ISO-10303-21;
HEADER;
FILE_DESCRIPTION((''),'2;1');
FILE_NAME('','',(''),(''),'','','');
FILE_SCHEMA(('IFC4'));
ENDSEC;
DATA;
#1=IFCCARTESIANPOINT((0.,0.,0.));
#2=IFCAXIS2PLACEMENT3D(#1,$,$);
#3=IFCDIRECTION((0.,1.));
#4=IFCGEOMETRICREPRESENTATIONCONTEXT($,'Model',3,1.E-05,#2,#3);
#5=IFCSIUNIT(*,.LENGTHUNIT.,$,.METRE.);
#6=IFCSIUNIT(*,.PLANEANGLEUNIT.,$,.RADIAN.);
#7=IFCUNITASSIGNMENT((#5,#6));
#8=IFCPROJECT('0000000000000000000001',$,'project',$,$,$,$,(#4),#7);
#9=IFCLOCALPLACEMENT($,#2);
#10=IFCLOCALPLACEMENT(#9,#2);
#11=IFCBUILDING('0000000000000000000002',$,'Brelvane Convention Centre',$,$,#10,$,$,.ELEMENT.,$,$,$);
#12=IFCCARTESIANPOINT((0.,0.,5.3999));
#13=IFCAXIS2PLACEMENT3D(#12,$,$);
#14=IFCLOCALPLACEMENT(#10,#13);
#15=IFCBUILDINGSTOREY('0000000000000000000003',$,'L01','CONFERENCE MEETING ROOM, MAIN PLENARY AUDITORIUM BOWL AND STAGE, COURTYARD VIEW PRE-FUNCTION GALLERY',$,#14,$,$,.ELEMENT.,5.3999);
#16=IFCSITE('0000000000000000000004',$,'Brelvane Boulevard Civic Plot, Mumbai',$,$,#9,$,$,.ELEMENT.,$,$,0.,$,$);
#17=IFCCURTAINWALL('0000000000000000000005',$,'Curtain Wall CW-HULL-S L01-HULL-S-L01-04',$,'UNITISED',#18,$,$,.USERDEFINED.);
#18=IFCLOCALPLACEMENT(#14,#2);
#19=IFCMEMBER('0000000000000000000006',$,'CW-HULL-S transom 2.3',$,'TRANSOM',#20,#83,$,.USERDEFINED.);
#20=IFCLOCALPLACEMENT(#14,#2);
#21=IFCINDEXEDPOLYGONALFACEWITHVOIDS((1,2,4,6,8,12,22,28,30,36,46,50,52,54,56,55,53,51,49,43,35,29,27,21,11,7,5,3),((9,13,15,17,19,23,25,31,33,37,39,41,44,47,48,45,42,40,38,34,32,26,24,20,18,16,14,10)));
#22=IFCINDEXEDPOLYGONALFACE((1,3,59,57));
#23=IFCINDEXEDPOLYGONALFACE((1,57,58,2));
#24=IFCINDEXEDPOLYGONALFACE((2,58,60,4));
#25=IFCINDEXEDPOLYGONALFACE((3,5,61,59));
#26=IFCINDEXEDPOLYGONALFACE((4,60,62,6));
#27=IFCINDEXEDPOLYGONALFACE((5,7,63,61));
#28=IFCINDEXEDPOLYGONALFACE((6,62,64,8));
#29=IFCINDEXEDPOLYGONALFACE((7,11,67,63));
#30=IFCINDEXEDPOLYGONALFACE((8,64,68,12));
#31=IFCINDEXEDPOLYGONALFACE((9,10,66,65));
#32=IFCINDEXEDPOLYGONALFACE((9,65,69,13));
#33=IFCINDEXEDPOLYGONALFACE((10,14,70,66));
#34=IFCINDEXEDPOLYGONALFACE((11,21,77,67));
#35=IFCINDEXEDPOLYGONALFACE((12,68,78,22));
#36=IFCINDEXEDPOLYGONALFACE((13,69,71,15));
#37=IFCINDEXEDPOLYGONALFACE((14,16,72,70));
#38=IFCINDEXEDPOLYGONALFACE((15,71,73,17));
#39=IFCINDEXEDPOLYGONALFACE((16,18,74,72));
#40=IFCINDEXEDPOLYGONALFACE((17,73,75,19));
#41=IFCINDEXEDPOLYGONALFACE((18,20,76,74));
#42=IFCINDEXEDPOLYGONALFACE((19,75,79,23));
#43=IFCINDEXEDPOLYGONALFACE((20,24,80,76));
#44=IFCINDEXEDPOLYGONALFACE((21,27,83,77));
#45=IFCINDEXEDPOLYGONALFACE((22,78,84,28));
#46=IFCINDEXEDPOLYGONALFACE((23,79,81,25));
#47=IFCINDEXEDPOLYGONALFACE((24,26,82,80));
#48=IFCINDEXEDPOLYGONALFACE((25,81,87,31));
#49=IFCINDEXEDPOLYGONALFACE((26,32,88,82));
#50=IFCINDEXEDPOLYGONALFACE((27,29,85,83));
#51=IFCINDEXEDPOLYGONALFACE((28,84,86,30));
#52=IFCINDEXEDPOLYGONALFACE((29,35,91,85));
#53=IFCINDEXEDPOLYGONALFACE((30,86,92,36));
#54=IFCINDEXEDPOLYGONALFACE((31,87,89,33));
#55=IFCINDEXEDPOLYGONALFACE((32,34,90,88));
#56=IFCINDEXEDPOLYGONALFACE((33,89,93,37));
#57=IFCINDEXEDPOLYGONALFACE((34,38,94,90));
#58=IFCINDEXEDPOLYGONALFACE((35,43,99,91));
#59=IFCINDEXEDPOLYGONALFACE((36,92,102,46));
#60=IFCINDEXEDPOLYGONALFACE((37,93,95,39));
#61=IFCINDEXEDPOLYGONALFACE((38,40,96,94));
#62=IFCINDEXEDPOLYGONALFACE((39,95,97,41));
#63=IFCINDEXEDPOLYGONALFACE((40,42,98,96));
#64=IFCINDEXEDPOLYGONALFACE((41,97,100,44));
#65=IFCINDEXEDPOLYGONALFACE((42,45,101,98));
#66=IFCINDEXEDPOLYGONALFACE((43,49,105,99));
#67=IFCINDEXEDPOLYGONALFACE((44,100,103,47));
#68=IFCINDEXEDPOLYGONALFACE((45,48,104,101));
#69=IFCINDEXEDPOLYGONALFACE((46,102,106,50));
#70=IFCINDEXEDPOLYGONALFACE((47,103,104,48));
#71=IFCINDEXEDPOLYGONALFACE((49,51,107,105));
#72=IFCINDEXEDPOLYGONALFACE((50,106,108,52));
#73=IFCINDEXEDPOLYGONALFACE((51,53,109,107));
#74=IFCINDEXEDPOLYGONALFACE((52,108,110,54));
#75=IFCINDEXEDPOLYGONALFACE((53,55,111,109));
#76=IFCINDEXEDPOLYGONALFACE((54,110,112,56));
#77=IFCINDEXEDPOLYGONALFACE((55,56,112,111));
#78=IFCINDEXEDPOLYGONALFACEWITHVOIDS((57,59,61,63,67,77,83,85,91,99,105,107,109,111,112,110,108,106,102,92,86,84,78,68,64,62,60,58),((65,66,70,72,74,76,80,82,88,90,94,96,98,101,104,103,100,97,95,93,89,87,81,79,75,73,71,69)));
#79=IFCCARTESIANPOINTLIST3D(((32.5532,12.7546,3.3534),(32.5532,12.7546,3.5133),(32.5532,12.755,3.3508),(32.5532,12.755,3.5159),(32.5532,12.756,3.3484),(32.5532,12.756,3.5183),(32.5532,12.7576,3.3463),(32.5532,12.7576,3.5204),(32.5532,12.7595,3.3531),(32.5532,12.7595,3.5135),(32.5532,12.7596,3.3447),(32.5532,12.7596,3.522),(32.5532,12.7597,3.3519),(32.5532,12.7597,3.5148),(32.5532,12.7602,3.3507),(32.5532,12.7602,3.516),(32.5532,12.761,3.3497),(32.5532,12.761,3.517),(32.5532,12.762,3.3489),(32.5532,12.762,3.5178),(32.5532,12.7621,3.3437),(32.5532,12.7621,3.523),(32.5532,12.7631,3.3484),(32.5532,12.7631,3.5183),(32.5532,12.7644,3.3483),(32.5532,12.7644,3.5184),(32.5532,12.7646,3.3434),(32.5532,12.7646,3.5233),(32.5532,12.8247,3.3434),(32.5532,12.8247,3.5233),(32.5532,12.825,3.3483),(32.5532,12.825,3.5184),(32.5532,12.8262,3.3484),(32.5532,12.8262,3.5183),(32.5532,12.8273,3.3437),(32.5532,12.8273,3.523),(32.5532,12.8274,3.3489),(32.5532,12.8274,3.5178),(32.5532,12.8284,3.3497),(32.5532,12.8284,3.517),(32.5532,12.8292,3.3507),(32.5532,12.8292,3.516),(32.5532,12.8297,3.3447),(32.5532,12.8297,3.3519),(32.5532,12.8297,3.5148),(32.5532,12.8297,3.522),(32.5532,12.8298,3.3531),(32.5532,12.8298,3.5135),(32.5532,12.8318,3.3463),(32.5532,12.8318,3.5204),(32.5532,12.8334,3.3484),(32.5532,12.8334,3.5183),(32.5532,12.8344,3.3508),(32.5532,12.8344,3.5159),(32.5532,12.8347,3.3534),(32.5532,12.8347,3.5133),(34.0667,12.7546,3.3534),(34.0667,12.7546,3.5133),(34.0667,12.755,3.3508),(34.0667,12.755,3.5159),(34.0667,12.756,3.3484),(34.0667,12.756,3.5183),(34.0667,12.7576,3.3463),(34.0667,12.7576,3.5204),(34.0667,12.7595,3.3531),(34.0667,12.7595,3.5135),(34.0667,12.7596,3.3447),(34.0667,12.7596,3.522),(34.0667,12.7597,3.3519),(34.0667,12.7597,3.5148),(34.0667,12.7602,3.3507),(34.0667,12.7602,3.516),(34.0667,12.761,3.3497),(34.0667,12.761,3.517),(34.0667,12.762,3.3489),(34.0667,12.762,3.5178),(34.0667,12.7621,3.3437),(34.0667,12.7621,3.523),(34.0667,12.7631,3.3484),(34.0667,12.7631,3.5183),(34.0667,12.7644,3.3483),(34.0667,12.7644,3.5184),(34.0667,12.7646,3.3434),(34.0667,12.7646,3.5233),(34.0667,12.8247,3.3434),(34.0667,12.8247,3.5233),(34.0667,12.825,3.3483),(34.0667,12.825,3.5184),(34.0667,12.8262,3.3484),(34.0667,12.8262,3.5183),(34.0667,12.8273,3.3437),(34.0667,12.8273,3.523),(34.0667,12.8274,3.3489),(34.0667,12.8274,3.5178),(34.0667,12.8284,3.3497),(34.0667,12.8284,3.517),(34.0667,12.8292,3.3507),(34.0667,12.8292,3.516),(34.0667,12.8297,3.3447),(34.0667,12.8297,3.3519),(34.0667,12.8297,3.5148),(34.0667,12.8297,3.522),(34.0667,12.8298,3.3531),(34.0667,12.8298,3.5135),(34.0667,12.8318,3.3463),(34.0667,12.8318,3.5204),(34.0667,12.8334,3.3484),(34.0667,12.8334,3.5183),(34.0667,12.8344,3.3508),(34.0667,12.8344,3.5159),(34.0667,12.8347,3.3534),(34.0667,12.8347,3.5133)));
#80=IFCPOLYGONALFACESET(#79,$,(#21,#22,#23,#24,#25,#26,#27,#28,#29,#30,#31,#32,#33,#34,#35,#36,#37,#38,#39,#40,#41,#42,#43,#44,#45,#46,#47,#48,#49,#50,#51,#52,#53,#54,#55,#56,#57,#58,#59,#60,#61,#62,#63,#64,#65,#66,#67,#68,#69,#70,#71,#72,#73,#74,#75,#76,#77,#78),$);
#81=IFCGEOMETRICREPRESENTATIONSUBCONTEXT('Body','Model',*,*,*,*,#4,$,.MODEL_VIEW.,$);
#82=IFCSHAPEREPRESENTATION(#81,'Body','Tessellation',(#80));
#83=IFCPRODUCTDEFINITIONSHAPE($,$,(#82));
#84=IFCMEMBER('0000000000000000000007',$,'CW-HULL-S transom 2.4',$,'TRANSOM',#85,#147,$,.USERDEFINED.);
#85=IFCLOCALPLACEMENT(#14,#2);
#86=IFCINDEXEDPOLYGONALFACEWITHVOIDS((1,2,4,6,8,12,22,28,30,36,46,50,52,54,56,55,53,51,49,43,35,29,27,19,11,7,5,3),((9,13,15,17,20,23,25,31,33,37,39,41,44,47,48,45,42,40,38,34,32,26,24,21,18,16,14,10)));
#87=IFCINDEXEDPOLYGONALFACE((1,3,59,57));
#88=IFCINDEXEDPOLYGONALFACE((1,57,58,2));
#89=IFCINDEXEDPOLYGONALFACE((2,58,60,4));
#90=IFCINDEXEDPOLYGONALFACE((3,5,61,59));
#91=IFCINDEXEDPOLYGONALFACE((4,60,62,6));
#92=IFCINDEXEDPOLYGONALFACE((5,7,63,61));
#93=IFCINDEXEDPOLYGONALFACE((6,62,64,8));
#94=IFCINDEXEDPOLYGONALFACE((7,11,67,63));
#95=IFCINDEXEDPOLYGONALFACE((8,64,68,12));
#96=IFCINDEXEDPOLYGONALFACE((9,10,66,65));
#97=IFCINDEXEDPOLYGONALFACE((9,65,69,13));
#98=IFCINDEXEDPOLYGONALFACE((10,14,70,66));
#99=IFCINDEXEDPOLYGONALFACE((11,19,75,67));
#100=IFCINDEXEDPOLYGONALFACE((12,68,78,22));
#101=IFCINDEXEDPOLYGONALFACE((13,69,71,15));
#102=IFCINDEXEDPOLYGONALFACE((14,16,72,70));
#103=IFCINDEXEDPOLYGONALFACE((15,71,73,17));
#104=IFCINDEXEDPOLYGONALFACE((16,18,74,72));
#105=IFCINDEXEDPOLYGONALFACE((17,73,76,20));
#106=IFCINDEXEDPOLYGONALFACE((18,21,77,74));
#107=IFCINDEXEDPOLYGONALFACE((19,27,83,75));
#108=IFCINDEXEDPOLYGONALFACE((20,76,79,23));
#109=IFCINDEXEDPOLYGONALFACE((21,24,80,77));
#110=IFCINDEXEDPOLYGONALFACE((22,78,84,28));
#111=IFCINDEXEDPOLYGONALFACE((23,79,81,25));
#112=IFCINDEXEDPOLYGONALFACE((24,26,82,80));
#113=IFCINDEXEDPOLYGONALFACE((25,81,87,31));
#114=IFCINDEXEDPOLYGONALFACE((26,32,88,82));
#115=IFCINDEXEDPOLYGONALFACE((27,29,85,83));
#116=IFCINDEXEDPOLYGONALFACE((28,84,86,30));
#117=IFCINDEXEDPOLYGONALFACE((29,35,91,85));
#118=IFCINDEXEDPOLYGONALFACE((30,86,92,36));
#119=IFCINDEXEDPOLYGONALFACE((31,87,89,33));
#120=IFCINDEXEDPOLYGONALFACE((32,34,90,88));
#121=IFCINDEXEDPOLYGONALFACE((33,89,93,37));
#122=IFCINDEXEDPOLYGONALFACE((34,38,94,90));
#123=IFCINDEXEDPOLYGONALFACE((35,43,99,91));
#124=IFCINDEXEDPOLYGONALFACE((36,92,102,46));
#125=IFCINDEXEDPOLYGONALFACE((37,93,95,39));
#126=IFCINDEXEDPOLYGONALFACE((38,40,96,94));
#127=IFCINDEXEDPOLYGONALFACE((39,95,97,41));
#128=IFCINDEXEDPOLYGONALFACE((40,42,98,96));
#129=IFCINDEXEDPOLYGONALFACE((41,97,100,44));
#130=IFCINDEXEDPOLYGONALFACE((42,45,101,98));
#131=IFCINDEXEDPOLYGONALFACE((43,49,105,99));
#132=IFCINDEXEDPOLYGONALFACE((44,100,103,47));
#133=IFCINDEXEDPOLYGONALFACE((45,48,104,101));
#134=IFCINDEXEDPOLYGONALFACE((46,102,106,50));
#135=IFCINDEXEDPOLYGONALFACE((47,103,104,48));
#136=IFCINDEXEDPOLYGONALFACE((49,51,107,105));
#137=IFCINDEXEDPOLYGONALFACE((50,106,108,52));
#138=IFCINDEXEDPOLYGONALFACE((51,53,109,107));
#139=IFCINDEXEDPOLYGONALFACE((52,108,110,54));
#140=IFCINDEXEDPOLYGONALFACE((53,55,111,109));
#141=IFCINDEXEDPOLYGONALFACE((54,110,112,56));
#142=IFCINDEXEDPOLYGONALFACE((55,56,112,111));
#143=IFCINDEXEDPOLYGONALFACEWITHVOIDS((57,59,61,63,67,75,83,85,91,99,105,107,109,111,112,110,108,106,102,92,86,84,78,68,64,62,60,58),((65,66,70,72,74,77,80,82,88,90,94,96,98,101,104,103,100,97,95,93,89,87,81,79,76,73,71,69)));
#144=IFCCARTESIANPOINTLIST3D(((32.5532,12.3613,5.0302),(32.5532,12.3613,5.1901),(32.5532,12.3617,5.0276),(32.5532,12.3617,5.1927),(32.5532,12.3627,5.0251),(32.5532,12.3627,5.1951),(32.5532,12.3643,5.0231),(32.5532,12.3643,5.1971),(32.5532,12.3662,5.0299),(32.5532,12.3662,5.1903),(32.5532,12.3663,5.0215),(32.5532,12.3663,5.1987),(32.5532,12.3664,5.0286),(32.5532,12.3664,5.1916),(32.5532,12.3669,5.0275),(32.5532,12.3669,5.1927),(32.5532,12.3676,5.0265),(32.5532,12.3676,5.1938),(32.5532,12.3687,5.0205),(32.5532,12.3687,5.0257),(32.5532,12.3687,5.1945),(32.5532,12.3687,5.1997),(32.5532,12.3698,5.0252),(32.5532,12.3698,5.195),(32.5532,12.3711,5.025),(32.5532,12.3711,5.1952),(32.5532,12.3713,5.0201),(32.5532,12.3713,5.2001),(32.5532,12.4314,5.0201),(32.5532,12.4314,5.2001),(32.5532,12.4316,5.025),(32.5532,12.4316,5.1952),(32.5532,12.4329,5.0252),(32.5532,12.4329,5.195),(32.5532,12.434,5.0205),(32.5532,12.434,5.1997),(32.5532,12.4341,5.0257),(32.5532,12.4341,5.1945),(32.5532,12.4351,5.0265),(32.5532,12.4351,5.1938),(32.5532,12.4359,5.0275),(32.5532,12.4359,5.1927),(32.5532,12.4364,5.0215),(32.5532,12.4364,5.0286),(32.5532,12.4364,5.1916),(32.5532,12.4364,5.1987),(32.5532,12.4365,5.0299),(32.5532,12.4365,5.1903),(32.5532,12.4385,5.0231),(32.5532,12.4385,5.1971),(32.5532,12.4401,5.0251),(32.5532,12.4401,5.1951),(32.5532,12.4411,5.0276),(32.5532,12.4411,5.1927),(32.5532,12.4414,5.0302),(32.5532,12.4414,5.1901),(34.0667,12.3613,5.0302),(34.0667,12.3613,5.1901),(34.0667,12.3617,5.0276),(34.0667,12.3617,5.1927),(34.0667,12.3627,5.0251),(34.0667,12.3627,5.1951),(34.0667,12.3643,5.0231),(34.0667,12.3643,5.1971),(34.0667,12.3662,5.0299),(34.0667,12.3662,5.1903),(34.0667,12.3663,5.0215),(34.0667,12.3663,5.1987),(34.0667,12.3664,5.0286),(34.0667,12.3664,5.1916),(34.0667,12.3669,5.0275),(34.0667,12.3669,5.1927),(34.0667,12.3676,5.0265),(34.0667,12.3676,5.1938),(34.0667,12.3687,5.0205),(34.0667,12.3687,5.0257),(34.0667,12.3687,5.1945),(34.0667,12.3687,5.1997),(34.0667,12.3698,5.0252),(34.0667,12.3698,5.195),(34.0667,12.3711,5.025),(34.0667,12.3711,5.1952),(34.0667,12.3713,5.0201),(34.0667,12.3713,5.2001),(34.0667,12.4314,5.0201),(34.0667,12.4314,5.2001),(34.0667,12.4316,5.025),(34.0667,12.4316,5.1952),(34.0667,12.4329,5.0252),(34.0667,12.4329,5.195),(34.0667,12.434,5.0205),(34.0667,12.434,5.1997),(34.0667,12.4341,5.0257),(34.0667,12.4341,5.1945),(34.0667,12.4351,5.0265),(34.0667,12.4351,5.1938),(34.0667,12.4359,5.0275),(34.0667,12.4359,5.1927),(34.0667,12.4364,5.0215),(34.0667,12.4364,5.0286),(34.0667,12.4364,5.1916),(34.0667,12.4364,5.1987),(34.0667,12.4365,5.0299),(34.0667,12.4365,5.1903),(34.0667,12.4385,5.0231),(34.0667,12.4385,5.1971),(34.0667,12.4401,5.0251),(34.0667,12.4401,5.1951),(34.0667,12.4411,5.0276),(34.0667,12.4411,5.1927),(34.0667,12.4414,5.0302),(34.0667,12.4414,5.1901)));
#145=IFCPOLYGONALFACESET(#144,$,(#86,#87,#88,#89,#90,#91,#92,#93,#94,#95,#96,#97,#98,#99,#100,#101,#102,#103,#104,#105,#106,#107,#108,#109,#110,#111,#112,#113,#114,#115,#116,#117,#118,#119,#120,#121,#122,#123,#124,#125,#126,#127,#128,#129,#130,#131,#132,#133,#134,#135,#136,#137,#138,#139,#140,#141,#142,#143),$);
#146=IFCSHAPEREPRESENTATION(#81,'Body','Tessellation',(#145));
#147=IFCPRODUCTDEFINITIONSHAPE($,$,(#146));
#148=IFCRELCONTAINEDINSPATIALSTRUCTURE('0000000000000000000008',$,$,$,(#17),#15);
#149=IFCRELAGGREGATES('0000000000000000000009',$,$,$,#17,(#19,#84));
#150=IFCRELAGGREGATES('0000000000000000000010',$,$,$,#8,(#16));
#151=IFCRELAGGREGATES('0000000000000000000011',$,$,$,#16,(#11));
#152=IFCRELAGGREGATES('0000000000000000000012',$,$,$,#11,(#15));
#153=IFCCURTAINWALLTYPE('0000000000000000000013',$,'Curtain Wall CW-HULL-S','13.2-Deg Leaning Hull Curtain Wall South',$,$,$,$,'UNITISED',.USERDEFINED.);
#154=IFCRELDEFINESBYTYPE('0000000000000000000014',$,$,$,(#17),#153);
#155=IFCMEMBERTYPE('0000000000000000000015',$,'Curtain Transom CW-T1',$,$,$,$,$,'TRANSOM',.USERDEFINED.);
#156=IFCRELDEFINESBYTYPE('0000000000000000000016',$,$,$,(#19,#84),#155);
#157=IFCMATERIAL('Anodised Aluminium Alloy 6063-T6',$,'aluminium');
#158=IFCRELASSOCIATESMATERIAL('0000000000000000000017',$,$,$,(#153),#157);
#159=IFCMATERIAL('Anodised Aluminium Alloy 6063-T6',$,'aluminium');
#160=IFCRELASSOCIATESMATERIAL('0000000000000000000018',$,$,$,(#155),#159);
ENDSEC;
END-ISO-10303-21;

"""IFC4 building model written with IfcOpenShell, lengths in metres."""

from ifc_helpers import new_model, si_unit, direction, frame, origin, origin_2d, place, context, subcontext, project, spatial, hollow_rectangle, extrude, material, material_profile, profile_set, type_object, element, aggregate, save


model = new_model("IFC4")

# Units and contexts
model_context = context("Model", 3, precision=1e-05, world=origin(), true_north=direction((0.0, 1.0)))
body_context = subcontext(model_context, "Body", "Model", "MODEL_VIEW")
ifc_project = project(units=[si_unit("LENGTHUNIT", "METRE"), si_unit("PLANEANGLEUNIT", "RADIAN")], contexts=[model_context])

# Site, building, storey
site_placement = place(None, origin())
site = spatial("IfcSite", under=ifc_project, at=site_placement, Name="Brelvane Boulevard Civic Plot, Mumbai", CompositionType="ELEMENT", RefElevation=0.0)
building_placement = place(site_placement, origin())
building = spatial("IfcBuilding", under=site, at=building_placement, Name="Brelvane Convention Centre", CompositionType="ELEMENT")
storey_placement = place(building_placement, frame((0.0, 0.0, 5.3999)))
storey = spatial("IfcBuildingStorey", under=building, at=storey_placement, Name="L01", Description="CONFERENCE MEETING ROOM, MAIN PLENARY AUDITORIUM BOWL AND STAGE, COURTYARD VIEW PRE-FUNCTION GALLERY", CompositionType="ELEMENT", Elevation=5.3999)

# Curtain wall, members
ifc_material_1 = material(Name="Anodised Aluminium Alloy 6063-T6", Category="aluminium")
curtain_wall_type = type_object("IfcCurtainWallType", Name="Curtain Wall CW-HULL-S", Description="13.2-Deg Leaning Hull Curtain Wall South", ElementType="UNITISED", PredefinedType="USERDEFINED", material=ifc_material_1)
ifc_material_2 = material(Name="Anodised Aluminium Alloy 6063-T6", Category="aluminium")
ifc_material_profile = material_profile(ifc_material_2, hollow_rectangle(XDim=0.0801, YDim=0.1799, WallThickness=0.0049, InnerFilletRadius=0.0049, OuterFilletRadius=0.01, at=origin_2d()), Name="ALU-T 180x80x5.0")
ifc_profile_set = profile_set([ifc_material_profile], Name="Anodised Aluminium Alloy 6063-T6")
member_type = type_object("IfcMemberType", Name="Curtain Transom CW-T1", ElementType="TRANSOM", PredefinedType="USERDEFINED", material=ifc_profile_set)
curtain_wall_1_placement = place(storey_placement, origin())
curtain_wall_1 = element("IfcCurtainWall", 1, at=curtain_wall_1_placement, inside=storey, type_object=curtain_wall_type, Name="Curtain Wall CW-HULL-S L01-HULL-S-L01-04", ObjectType="UNITISED", PredefinedType="USERDEFINED")
member_1_placement = place(storey_placement, frame((32.5532, 12.7947, 3.4333), z_axis=(1.0, 0.0, 0.0), x_axis=(0.0, 1.0, 0.0)))
member_1 = element("IfcMember", 2, at=member_1_placement, type_object=member_type, Name="CW-HULL-S transom 2.3", ObjectType="TRANSOM", PredefinedType="USERDEFINED", context=body_context, shape_type="SweptSolid", body=[
    extrude(hollow_rectangle(XDim=0.0801, YDim=0.1799, WallThickness=0.0049, InnerFilletRadius=0.0049, OuterFilletRadius=0.01, at=origin_2d()), origin(), (0.0, 0.0, 1.0), 1.5134),
])
member_2_placement = place(storey_placement, frame((32.5532, 12.4014, 5.1101), z_axis=(1.0, 0.0, 0.0), x_axis=(0.0, 1.0, 0.0)))
member_2 = element("IfcMember", 3, at=member_2_placement, type_object=member_type, Name="CW-HULL-S transom 2.4", ObjectType="TRANSOM", PredefinedType="USERDEFINED", context=body_context, shape_type="SweptSolid", body=[
    extrude(hollow_rectangle(XDim=0.0801, YDim=0.1799, WallThickness=0.0049, InnerFilletRadius=0.0049, OuterFilletRadius=0.01, at=origin_2d()), origin(), (0.0, 0.0, 1.0), 1.5134),
])

aggregate(curtain_wall_1, [member_1, member_2])

save(model, "model.ifc")
